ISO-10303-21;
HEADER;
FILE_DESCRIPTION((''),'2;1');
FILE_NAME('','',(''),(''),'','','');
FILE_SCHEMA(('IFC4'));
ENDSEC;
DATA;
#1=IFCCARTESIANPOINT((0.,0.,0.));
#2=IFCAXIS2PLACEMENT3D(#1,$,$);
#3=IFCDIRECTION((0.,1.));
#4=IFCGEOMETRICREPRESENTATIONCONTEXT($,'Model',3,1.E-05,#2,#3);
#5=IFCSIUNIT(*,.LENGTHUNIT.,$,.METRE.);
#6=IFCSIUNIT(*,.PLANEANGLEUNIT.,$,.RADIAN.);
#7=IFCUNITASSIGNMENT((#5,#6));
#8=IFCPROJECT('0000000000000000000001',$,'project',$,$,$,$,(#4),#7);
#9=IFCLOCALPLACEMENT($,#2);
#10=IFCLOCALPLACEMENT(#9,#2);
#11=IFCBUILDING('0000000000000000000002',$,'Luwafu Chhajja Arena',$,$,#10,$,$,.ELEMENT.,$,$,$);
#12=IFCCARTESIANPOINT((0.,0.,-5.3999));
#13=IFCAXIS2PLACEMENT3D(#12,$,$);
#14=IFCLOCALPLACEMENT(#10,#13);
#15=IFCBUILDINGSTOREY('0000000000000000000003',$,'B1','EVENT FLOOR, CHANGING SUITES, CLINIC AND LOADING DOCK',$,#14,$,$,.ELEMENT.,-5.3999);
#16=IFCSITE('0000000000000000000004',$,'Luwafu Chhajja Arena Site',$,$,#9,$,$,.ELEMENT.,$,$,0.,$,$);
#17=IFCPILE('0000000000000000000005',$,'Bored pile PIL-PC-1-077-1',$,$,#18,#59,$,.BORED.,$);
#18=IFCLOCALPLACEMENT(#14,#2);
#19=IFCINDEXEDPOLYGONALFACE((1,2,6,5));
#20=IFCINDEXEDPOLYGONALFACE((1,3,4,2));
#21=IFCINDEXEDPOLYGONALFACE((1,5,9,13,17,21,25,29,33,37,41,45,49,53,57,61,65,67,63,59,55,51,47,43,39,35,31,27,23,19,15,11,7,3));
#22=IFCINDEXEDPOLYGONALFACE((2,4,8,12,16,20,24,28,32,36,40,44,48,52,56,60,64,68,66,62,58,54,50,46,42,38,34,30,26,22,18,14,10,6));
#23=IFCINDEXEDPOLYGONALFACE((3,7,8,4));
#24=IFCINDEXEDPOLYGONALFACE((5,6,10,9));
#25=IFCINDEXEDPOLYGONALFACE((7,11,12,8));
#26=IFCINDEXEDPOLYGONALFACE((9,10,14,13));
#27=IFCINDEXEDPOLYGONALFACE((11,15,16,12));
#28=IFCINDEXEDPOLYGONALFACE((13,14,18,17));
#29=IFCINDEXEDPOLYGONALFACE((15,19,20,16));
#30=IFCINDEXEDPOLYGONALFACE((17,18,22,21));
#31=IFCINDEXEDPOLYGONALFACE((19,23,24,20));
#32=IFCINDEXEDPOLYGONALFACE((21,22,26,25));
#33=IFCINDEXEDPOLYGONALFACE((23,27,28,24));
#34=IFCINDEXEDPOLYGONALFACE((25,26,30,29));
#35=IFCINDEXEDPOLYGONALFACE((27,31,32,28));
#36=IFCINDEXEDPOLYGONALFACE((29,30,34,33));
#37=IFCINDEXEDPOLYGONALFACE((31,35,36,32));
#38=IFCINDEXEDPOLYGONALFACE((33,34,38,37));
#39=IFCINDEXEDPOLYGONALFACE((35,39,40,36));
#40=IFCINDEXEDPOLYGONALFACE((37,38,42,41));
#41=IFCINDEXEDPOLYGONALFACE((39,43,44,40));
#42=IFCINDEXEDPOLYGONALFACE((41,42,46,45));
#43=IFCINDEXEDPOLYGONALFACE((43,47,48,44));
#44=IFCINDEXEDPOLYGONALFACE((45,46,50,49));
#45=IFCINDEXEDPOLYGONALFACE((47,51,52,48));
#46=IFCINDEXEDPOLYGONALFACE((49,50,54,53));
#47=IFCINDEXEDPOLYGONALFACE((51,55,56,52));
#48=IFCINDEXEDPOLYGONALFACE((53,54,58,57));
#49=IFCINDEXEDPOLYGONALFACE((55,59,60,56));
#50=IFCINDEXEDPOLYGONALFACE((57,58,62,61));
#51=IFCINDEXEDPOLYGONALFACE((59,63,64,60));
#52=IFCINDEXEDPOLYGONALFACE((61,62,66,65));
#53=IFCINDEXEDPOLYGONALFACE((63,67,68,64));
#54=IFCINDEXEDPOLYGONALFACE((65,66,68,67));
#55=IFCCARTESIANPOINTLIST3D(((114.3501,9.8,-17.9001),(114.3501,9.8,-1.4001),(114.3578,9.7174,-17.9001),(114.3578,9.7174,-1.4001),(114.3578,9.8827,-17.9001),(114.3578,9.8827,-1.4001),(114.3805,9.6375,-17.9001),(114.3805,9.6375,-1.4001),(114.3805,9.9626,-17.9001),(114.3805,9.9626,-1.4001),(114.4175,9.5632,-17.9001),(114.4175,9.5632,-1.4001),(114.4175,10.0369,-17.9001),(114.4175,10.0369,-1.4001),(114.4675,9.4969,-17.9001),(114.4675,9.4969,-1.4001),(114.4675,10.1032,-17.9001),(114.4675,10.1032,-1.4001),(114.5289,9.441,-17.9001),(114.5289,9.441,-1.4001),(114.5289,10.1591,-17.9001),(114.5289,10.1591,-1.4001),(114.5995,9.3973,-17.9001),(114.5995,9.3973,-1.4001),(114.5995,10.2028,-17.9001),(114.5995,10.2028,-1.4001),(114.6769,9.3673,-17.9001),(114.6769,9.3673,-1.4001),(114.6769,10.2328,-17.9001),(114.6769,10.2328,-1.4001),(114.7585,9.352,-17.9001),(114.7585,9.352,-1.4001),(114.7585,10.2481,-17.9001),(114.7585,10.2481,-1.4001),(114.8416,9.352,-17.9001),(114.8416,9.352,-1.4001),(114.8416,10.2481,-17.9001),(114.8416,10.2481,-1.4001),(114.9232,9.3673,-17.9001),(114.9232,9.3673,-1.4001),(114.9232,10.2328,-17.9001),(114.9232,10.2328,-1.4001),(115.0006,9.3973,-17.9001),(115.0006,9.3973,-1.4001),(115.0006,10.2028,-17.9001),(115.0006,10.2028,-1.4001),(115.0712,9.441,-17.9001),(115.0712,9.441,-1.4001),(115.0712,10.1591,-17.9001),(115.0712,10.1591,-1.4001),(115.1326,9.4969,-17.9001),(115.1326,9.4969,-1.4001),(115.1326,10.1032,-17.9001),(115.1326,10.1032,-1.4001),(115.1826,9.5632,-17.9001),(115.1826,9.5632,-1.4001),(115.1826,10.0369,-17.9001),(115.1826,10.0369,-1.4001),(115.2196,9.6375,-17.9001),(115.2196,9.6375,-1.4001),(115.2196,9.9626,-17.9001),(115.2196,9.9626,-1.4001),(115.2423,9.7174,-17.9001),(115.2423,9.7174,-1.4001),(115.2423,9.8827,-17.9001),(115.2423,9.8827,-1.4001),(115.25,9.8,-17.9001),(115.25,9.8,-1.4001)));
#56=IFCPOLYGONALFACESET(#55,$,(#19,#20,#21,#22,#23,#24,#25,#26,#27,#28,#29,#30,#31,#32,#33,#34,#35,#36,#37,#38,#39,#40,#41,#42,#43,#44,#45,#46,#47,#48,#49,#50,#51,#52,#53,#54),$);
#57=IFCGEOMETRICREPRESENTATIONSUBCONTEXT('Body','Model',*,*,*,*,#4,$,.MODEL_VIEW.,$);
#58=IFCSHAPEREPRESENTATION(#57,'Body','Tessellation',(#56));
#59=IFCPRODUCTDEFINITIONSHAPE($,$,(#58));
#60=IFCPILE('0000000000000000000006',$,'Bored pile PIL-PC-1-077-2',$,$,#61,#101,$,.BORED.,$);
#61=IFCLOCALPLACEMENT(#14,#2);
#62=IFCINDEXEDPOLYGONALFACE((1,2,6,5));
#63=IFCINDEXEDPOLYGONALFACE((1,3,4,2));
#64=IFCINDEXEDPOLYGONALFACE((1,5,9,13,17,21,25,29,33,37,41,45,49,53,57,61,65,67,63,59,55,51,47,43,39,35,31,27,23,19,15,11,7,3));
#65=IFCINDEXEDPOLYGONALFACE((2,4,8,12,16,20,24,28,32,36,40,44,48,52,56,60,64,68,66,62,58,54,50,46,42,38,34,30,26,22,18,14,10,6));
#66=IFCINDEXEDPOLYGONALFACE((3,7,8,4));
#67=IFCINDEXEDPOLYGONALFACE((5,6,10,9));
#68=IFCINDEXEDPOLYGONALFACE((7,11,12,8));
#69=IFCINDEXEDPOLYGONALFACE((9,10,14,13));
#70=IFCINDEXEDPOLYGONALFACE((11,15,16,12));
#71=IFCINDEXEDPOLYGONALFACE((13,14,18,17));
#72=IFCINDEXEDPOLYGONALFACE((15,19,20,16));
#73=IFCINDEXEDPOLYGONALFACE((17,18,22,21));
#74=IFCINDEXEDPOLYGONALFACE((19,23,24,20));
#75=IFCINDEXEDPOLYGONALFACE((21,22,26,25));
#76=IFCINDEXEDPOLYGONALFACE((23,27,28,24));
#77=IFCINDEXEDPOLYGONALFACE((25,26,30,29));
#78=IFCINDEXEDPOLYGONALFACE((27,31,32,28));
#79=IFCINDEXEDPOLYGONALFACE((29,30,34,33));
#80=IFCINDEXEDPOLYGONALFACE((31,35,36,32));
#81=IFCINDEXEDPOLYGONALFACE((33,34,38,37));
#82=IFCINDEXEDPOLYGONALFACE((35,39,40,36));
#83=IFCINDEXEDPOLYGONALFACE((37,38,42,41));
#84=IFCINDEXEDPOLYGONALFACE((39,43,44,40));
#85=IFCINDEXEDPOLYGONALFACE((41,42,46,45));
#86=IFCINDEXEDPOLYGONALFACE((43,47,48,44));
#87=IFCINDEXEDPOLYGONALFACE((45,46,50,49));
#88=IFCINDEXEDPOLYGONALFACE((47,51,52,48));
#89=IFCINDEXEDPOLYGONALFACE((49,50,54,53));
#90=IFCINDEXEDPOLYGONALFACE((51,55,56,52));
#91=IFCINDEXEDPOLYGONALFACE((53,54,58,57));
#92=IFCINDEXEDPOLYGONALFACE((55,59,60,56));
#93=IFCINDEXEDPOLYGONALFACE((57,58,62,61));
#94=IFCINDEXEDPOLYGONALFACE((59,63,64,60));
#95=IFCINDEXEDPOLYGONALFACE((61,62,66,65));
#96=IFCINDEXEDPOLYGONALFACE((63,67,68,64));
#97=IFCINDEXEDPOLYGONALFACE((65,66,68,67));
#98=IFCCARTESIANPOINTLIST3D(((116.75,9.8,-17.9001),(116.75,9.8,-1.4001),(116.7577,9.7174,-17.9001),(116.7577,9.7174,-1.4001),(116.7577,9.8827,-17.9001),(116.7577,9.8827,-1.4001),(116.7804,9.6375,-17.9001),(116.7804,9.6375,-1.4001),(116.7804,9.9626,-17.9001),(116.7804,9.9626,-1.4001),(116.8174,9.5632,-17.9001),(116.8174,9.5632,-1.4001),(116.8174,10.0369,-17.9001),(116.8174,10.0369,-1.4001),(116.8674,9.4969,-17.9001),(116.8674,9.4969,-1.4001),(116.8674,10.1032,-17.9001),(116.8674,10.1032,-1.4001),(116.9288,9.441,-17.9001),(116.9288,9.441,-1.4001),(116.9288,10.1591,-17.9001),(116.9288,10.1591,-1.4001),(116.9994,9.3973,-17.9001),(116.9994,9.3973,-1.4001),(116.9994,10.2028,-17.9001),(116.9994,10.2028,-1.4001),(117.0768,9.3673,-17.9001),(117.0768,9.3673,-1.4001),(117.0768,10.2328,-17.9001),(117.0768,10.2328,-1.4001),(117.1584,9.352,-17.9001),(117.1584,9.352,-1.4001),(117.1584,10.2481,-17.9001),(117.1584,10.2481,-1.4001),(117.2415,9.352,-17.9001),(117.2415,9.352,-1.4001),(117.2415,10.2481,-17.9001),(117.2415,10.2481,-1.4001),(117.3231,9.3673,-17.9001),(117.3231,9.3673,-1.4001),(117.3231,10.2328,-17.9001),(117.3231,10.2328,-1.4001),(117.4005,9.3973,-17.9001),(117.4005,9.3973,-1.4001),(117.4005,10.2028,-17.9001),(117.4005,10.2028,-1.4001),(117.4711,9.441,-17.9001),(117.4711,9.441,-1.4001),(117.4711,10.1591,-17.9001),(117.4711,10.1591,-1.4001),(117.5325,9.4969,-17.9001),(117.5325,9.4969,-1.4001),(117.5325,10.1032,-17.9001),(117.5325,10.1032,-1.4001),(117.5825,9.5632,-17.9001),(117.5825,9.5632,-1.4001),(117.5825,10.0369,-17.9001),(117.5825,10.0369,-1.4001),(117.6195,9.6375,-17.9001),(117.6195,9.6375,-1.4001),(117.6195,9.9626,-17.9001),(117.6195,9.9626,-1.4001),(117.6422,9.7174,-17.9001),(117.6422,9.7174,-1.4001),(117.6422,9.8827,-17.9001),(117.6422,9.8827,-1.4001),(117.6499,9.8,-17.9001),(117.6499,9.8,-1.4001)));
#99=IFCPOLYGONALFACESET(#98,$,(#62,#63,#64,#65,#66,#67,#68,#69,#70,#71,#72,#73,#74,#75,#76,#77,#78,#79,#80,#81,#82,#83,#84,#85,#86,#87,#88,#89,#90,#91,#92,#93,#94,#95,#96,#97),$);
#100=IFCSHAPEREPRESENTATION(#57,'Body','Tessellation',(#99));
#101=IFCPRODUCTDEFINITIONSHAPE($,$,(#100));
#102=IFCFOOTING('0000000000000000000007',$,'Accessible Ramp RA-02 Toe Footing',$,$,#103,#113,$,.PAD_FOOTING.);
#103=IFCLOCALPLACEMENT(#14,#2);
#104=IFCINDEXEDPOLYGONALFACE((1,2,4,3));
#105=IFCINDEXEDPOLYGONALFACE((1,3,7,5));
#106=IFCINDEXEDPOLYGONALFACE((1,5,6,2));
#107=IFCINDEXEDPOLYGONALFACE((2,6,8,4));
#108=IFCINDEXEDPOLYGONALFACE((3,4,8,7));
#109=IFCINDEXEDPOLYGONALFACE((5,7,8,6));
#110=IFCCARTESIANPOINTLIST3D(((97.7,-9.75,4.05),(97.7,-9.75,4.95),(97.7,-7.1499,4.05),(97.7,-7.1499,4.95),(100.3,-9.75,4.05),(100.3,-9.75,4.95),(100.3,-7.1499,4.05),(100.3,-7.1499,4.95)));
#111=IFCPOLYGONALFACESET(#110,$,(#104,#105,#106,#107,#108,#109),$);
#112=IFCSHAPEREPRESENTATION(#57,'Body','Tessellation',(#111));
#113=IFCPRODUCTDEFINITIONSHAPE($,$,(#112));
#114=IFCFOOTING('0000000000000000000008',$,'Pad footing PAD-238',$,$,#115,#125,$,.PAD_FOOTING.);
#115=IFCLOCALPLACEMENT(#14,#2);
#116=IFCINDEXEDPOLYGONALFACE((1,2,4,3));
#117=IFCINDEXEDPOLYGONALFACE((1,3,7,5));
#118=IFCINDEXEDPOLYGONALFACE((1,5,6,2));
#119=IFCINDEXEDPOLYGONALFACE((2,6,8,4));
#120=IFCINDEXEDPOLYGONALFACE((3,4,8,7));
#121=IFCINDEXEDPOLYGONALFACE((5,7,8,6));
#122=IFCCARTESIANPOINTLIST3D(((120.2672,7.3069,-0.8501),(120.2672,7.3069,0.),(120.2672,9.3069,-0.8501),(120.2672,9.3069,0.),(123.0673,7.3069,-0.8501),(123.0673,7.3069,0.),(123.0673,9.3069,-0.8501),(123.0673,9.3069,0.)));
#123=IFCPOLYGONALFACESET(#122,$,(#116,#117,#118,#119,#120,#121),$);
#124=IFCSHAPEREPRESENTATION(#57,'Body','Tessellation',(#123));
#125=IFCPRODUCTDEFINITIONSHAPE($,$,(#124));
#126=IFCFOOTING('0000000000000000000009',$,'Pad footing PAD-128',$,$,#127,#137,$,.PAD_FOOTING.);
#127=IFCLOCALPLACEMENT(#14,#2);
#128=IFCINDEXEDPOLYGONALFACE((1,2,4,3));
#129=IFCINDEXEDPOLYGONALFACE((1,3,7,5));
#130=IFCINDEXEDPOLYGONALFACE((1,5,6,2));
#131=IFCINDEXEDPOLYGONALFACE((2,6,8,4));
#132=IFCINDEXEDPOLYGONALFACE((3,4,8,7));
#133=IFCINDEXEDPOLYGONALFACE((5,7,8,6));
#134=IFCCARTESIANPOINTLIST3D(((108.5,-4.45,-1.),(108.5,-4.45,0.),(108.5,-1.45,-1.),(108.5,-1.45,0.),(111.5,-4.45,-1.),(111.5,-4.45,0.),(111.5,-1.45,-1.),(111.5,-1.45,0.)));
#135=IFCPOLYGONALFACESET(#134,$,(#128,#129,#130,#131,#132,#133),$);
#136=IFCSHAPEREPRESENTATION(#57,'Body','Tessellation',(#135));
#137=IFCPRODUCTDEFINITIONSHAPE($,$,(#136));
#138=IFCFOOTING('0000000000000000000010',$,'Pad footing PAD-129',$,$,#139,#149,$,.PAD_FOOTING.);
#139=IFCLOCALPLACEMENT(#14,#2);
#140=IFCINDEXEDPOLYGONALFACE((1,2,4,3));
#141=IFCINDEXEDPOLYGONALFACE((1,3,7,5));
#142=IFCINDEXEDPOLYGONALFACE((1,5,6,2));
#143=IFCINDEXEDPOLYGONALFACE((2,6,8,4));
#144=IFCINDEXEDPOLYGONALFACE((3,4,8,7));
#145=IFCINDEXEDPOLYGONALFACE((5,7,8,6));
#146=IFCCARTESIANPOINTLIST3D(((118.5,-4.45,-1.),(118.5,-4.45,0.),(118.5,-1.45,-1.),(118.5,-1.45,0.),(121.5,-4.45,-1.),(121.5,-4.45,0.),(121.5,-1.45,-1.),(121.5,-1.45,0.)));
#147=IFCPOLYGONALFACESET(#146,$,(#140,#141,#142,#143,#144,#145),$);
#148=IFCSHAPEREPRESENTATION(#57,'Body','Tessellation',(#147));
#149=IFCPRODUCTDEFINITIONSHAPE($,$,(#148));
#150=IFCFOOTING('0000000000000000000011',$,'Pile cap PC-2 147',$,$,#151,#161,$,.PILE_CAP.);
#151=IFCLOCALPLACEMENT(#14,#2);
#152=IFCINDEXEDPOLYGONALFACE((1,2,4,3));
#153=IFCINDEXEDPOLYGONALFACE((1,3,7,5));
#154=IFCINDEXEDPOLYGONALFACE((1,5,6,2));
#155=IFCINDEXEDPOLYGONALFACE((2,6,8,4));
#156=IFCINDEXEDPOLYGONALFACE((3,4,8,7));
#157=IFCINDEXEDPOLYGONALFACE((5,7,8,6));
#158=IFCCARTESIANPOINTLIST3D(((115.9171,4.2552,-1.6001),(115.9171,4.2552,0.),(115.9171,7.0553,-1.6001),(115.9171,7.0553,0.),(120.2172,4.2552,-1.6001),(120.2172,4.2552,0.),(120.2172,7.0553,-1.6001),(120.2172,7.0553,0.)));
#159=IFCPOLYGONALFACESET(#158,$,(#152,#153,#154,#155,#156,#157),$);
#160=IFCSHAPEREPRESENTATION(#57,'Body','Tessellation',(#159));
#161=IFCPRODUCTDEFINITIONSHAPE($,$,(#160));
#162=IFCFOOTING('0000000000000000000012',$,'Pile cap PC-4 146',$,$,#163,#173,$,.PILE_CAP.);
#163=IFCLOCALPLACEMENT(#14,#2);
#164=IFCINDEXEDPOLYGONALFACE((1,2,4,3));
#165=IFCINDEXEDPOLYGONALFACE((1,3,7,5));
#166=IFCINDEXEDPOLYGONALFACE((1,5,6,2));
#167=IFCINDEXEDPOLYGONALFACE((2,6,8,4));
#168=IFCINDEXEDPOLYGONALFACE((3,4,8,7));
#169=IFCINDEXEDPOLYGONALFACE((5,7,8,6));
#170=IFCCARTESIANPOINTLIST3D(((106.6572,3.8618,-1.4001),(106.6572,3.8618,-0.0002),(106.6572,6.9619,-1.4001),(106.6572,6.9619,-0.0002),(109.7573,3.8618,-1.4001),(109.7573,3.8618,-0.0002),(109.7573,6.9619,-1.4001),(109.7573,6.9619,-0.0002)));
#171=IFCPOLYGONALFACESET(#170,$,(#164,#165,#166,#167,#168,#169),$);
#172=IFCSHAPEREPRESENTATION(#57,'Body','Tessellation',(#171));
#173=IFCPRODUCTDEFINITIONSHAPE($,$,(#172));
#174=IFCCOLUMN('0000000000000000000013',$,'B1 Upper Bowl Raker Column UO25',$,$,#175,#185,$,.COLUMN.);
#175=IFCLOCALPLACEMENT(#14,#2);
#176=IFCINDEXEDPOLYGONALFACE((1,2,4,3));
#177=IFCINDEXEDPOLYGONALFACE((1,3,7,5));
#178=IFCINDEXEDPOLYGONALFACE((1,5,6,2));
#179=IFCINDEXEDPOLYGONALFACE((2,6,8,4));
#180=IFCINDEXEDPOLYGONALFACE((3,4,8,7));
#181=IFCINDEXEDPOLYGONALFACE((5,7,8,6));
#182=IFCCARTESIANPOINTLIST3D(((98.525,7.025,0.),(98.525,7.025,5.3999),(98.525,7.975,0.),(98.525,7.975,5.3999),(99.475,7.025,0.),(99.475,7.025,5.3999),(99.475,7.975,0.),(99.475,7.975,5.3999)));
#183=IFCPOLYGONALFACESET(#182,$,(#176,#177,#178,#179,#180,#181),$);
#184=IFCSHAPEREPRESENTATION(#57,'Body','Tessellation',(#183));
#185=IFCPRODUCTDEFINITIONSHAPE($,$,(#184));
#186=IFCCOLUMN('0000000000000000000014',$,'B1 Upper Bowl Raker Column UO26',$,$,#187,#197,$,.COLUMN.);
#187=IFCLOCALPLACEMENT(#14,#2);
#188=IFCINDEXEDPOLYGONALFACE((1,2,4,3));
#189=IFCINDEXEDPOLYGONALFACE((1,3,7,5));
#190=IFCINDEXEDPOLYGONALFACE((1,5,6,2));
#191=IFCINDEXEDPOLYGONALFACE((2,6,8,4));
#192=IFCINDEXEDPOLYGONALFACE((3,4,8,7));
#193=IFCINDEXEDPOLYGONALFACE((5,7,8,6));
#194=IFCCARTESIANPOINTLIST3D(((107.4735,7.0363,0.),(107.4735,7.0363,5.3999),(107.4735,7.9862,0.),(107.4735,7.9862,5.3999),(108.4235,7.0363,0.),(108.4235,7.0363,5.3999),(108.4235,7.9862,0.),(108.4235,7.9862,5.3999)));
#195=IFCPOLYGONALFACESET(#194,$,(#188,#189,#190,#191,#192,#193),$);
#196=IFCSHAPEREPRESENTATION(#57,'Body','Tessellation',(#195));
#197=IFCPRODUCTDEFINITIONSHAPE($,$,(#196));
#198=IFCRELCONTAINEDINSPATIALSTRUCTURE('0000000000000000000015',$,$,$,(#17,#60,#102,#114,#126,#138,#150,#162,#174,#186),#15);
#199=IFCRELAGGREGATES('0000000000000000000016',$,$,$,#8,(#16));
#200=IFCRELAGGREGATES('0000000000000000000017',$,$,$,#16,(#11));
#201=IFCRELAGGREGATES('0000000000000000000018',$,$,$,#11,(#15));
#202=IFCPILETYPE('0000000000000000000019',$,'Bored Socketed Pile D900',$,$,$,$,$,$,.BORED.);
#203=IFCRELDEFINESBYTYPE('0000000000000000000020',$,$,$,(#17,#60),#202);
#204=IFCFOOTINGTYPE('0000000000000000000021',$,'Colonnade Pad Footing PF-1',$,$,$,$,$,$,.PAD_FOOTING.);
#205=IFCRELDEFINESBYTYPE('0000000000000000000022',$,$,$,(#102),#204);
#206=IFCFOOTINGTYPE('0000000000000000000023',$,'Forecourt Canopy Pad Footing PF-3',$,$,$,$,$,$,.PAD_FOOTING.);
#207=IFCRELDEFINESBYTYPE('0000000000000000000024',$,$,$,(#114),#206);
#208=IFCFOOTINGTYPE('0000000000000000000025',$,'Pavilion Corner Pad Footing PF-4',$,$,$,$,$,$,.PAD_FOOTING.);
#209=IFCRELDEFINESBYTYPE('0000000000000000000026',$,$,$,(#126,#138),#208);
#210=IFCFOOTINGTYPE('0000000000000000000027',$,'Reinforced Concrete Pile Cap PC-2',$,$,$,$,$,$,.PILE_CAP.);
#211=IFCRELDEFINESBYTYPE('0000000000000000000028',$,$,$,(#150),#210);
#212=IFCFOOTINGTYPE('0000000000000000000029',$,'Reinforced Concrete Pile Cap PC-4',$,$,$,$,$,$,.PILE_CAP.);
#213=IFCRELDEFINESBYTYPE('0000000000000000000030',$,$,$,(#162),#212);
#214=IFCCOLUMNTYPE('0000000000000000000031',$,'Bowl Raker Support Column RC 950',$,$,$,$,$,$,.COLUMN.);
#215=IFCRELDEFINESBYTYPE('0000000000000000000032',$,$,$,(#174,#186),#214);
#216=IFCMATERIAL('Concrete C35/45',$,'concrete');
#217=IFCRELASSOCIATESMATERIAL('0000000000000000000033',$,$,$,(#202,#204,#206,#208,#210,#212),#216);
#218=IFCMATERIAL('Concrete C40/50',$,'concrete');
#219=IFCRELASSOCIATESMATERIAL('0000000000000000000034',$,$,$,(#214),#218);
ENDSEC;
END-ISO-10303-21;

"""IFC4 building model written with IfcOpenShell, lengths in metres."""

from ifc_helpers import new_model, si_unit, direction, frame, origin, origin_2d, place, context, subcontext, project, spatial, rectangle, circle, extrude, material, material_profile, profile_set, type_object, element, save


model = new_model("IFC4")

# Units and contexts
model_context = context("Model", 3, precision=1e-05, world=origin(), true_north=direction((0.0, 1.0)))
body_context = subcontext(model_context, "Body", "Model", "MODEL_VIEW")
ifc_project = project(units=[si_unit("LENGTHUNIT", "METRE"), si_unit("PLANEANGLEUNIT", "RADIAN")], contexts=[model_context])

# Site, building, storey
site_placement = place(None, origin())
site = spatial("IfcSite", under=ifc_project, at=site_placement, Name="Luwafu Chhajja Arena Site", CompositionType="ELEMENT", RefElevation=0.0)
building_placement = place(site_placement, origin())
building = spatial("IfcBuilding", under=site, at=building_placement, Name="Luwafu Chhajja Arena", CompositionType="ELEMENT")
storey_placement = place(building_placement, frame((0.0, 0.0, -5.3999)))
storey = spatial("IfcBuildingStorey", under=building, at=storey_placement, Name="B1", Description="EVENT FLOOR, CHANGING SUITES, CLINIC AND LOADING DOCK", CompositionType="ELEMENT", Elevation=-5.3999)

# Piles
ifc_material_1 = material(Name="Concrete C35/45", Category="concrete")
ifc_material_profile_1 = material_profile(ifc_material_1, circle(Radius=0.45, at=origin_2d()), Name="PILE D900")
ifc_profile_set_1 = profile_set([ifc_material_profile_1], Name="Concrete C35/45")
pile_type_1 = type_object("IfcPileType", Name="Bored Socketed Pile D900", PredefinedType="BORED", material=ifc_profile_set_1)
for number, where, z_axis, x_axis, name in (
    (1, (114.8, 9.8, -1.4001), (0.0, 0.0, -1.0), (1.0, 0.0, 0.0), "Bored pile PIL-PC-1-077-1"),
    (2, (117.2, 9.8, -1.4001), (0.0, 0.0, -1.0), (1.0, 0.0, 0.0), "Bored pile PIL-PC-1-077-2"),
):
    element("IfcPile", number, at=place(storey_placement, frame(where, z_axis=z_axis, x_axis=x_axis)), inside=storey, type_object=pile_type_1, Name=name, PredefinedType="BORED", context=body_context, shape_type="SweptSolid", body=[
        extrude(circle(Radius=0.45, at=origin_2d()), origin(), (0.0, 0.0, 1.0), 16.5),
    ])

# Footings
footing_type_1 = type_object("IfcFootingType", Name="Colonnade Pad Footing PF-1", PredefinedType="PAD_FOOTING", material=ifc_material_1)
footing_1_placement = place(storey_placement, frame((99.0, -8.45, 4.05), z_axis=(0.0, 0.0, 1.0), x_axis=(1.0, 0.0, 0.0)))
element("IfcFooting", 3, at=footing_1_placement, inside=storey, type_object=footing_type_1, Name="Accessible Ramp RA-02 Toe Footing", PredefinedType="PAD_FOOTING", context=body_context, shape_type="SweptSolid", body=[
    extrude(rectangle(XDim=2.6001, YDim=2.6001, at=origin_2d()), origin(), (0.0, 0.0, 1.0), 0.8999),
])
footing_type_2 = type_object("IfcFootingType", Name="Forecourt Canopy Pad Footing PF-3", PredefinedType="PAD_FOOTING", material=ifc_material_1)
footing_2_placement = place(storey_placement, frame((121.6672, 8.3069, -0.8501), z_axis=(0.0, 0.0, 1.0), x_axis=(1.0, 0.0, 0.0)))
element("IfcFooting", 4, at=footing_2_placement, inside=storey, type_object=footing_type_2, Name="Pad footing PAD-238", PredefinedType="PAD_FOOTING", context=body_context, shape_type="SweptSolid", body=[
    extrude(rectangle(XDim=2.8, YDim=2.0, at=origin_2d()), origin(), (0.0, 0.0, 1.0), 0.8501),
])
footing_type_3 = type_object("IfcFootingType", Name="Pavilion Corner Pad Footing PF-4", PredefinedType="PAD_FOOTING", material=ifc_material_1)
for number, where, z_axis, x_axis, name in (
    (5, (110.0, -2.95, -1.0), (0.0, 0.0, 1.0), (1.0, 0.0, 0.0), "Pad footing PAD-128"),
    (6, (120.0, -2.95, -1.0), (0.0, 0.0, 1.0), (1.0, 0.0, 0.0), "Pad footing PAD-129"),
):
    element("IfcFooting", number, at=place(storey_placement, frame(where, z_axis=z_axis, x_axis=x_axis)), inside=storey, type_object=footing_type_3, Name=name, PredefinedType="PAD_FOOTING", context=body_context, shape_type="SweptSolid", body=[
        extrude(rectangle(XDim=3.0, YDim=3.0, at=origin_2d()), origin(), (0.0, 0.0, 1.0), 1.0),
    ])
footing_type_4 = type_object("IfcFootingType", Name="Reinforced Concrete Pile Cap PC-2", PredefinedType="PILE_CAP", material=ifc_material_1)
footing_3_placement = place(storey_placement, frame((118.0671, 5.6553, -1.6001), z_axis=(0.0, 0.0, 1.0), x_axis=(1.0, 0.0, 0.0)))
element("IfcFooting", 7, at=footing_3_placement, inside=storey, type_object=footing_type_4, Name="Pile cap PC-2 147", PredefinedType="PILE_CAP", context=body_context, shape_type="SweptSolid", body=[
    extrude(rectangle(XDim=4.3, YDim=2.8, at=origin_2d()), origin(), (0.0, 0.0, 1.0), 1.6001),
])
footing_type_5 = type_object("IfcFootingType", Name="Reinforced Concrete Pile Cap PC-4", PredefinedType="PILE_CAP", material=ifc_material_1)
footing_4_placement = place(storey_placement, frame((108.2073, 5.4119, -1.4001), z_axis=(0.0, 0.0, 1.0), x_axis=(1.0, 0.0, 0.0)))
element("IfcFooting", 8, at=footing_4_placement, inside=storey, type_object=footing_type_5, Name="Pile cap PC-4 146", PredefinedType="PILE_CAP", context=body_context, shape_type="SweptSolid", body=[
    extrude(rectangle(XDim=3.1001, YDim=3.1001, at=origin_2d()), origin(), (0.0, 0.0, 1.0), 1.3999),
])

# Columns
ifc_material_2 = material(Name="Concrete C40/50", Category="concrete")
ifc_material_profile_2 = material_profile(ifc_material_2, rectangle(XDim=0.95, YDim=0.95, at=origin_2d()), Name="RC 950x950")
ifc_profile_set_2 = profile_set([ifc_material_profile_2], Name="Concrete C40/50")
column_type_1 = type_object("IfcColumnType", Name="Bowl Raker Support Column RC 950", PredefinedType="COLUMN", material=ifc_profile_set_2)
for number, where, z_axis, x_axis, name in (
    (9, (99.0, 7.5, 0.0), (0.0, 0.0, 1.0), (1.0, 0.0, 0.0), "B1 Upper Bowl Raker Column UO25"),
    (10, (107.9485, 7.5112, 0.0), (0.0, 0.0, 1.0), (1.0, 0.0, 0.0), "B1 Upper Bowl Raker Column UO26"),
):
    element("IfcColumn", number, at=place(storey_placement, frame(where, z_axis=z_axis, x_axis=x_axis)), inside=storey, type_object=column_type_1, Name=name, PredefinedType="COLUMN", context=body_context, shape_type="SweptSolid", body=[
        extrude(rectangle(XDim=0.95, YDim=0.95, at=origin_2d()), origin(), (0.0, 0.0, 1.0), 5.3999),
    ])

save(model, "model.ifc")
